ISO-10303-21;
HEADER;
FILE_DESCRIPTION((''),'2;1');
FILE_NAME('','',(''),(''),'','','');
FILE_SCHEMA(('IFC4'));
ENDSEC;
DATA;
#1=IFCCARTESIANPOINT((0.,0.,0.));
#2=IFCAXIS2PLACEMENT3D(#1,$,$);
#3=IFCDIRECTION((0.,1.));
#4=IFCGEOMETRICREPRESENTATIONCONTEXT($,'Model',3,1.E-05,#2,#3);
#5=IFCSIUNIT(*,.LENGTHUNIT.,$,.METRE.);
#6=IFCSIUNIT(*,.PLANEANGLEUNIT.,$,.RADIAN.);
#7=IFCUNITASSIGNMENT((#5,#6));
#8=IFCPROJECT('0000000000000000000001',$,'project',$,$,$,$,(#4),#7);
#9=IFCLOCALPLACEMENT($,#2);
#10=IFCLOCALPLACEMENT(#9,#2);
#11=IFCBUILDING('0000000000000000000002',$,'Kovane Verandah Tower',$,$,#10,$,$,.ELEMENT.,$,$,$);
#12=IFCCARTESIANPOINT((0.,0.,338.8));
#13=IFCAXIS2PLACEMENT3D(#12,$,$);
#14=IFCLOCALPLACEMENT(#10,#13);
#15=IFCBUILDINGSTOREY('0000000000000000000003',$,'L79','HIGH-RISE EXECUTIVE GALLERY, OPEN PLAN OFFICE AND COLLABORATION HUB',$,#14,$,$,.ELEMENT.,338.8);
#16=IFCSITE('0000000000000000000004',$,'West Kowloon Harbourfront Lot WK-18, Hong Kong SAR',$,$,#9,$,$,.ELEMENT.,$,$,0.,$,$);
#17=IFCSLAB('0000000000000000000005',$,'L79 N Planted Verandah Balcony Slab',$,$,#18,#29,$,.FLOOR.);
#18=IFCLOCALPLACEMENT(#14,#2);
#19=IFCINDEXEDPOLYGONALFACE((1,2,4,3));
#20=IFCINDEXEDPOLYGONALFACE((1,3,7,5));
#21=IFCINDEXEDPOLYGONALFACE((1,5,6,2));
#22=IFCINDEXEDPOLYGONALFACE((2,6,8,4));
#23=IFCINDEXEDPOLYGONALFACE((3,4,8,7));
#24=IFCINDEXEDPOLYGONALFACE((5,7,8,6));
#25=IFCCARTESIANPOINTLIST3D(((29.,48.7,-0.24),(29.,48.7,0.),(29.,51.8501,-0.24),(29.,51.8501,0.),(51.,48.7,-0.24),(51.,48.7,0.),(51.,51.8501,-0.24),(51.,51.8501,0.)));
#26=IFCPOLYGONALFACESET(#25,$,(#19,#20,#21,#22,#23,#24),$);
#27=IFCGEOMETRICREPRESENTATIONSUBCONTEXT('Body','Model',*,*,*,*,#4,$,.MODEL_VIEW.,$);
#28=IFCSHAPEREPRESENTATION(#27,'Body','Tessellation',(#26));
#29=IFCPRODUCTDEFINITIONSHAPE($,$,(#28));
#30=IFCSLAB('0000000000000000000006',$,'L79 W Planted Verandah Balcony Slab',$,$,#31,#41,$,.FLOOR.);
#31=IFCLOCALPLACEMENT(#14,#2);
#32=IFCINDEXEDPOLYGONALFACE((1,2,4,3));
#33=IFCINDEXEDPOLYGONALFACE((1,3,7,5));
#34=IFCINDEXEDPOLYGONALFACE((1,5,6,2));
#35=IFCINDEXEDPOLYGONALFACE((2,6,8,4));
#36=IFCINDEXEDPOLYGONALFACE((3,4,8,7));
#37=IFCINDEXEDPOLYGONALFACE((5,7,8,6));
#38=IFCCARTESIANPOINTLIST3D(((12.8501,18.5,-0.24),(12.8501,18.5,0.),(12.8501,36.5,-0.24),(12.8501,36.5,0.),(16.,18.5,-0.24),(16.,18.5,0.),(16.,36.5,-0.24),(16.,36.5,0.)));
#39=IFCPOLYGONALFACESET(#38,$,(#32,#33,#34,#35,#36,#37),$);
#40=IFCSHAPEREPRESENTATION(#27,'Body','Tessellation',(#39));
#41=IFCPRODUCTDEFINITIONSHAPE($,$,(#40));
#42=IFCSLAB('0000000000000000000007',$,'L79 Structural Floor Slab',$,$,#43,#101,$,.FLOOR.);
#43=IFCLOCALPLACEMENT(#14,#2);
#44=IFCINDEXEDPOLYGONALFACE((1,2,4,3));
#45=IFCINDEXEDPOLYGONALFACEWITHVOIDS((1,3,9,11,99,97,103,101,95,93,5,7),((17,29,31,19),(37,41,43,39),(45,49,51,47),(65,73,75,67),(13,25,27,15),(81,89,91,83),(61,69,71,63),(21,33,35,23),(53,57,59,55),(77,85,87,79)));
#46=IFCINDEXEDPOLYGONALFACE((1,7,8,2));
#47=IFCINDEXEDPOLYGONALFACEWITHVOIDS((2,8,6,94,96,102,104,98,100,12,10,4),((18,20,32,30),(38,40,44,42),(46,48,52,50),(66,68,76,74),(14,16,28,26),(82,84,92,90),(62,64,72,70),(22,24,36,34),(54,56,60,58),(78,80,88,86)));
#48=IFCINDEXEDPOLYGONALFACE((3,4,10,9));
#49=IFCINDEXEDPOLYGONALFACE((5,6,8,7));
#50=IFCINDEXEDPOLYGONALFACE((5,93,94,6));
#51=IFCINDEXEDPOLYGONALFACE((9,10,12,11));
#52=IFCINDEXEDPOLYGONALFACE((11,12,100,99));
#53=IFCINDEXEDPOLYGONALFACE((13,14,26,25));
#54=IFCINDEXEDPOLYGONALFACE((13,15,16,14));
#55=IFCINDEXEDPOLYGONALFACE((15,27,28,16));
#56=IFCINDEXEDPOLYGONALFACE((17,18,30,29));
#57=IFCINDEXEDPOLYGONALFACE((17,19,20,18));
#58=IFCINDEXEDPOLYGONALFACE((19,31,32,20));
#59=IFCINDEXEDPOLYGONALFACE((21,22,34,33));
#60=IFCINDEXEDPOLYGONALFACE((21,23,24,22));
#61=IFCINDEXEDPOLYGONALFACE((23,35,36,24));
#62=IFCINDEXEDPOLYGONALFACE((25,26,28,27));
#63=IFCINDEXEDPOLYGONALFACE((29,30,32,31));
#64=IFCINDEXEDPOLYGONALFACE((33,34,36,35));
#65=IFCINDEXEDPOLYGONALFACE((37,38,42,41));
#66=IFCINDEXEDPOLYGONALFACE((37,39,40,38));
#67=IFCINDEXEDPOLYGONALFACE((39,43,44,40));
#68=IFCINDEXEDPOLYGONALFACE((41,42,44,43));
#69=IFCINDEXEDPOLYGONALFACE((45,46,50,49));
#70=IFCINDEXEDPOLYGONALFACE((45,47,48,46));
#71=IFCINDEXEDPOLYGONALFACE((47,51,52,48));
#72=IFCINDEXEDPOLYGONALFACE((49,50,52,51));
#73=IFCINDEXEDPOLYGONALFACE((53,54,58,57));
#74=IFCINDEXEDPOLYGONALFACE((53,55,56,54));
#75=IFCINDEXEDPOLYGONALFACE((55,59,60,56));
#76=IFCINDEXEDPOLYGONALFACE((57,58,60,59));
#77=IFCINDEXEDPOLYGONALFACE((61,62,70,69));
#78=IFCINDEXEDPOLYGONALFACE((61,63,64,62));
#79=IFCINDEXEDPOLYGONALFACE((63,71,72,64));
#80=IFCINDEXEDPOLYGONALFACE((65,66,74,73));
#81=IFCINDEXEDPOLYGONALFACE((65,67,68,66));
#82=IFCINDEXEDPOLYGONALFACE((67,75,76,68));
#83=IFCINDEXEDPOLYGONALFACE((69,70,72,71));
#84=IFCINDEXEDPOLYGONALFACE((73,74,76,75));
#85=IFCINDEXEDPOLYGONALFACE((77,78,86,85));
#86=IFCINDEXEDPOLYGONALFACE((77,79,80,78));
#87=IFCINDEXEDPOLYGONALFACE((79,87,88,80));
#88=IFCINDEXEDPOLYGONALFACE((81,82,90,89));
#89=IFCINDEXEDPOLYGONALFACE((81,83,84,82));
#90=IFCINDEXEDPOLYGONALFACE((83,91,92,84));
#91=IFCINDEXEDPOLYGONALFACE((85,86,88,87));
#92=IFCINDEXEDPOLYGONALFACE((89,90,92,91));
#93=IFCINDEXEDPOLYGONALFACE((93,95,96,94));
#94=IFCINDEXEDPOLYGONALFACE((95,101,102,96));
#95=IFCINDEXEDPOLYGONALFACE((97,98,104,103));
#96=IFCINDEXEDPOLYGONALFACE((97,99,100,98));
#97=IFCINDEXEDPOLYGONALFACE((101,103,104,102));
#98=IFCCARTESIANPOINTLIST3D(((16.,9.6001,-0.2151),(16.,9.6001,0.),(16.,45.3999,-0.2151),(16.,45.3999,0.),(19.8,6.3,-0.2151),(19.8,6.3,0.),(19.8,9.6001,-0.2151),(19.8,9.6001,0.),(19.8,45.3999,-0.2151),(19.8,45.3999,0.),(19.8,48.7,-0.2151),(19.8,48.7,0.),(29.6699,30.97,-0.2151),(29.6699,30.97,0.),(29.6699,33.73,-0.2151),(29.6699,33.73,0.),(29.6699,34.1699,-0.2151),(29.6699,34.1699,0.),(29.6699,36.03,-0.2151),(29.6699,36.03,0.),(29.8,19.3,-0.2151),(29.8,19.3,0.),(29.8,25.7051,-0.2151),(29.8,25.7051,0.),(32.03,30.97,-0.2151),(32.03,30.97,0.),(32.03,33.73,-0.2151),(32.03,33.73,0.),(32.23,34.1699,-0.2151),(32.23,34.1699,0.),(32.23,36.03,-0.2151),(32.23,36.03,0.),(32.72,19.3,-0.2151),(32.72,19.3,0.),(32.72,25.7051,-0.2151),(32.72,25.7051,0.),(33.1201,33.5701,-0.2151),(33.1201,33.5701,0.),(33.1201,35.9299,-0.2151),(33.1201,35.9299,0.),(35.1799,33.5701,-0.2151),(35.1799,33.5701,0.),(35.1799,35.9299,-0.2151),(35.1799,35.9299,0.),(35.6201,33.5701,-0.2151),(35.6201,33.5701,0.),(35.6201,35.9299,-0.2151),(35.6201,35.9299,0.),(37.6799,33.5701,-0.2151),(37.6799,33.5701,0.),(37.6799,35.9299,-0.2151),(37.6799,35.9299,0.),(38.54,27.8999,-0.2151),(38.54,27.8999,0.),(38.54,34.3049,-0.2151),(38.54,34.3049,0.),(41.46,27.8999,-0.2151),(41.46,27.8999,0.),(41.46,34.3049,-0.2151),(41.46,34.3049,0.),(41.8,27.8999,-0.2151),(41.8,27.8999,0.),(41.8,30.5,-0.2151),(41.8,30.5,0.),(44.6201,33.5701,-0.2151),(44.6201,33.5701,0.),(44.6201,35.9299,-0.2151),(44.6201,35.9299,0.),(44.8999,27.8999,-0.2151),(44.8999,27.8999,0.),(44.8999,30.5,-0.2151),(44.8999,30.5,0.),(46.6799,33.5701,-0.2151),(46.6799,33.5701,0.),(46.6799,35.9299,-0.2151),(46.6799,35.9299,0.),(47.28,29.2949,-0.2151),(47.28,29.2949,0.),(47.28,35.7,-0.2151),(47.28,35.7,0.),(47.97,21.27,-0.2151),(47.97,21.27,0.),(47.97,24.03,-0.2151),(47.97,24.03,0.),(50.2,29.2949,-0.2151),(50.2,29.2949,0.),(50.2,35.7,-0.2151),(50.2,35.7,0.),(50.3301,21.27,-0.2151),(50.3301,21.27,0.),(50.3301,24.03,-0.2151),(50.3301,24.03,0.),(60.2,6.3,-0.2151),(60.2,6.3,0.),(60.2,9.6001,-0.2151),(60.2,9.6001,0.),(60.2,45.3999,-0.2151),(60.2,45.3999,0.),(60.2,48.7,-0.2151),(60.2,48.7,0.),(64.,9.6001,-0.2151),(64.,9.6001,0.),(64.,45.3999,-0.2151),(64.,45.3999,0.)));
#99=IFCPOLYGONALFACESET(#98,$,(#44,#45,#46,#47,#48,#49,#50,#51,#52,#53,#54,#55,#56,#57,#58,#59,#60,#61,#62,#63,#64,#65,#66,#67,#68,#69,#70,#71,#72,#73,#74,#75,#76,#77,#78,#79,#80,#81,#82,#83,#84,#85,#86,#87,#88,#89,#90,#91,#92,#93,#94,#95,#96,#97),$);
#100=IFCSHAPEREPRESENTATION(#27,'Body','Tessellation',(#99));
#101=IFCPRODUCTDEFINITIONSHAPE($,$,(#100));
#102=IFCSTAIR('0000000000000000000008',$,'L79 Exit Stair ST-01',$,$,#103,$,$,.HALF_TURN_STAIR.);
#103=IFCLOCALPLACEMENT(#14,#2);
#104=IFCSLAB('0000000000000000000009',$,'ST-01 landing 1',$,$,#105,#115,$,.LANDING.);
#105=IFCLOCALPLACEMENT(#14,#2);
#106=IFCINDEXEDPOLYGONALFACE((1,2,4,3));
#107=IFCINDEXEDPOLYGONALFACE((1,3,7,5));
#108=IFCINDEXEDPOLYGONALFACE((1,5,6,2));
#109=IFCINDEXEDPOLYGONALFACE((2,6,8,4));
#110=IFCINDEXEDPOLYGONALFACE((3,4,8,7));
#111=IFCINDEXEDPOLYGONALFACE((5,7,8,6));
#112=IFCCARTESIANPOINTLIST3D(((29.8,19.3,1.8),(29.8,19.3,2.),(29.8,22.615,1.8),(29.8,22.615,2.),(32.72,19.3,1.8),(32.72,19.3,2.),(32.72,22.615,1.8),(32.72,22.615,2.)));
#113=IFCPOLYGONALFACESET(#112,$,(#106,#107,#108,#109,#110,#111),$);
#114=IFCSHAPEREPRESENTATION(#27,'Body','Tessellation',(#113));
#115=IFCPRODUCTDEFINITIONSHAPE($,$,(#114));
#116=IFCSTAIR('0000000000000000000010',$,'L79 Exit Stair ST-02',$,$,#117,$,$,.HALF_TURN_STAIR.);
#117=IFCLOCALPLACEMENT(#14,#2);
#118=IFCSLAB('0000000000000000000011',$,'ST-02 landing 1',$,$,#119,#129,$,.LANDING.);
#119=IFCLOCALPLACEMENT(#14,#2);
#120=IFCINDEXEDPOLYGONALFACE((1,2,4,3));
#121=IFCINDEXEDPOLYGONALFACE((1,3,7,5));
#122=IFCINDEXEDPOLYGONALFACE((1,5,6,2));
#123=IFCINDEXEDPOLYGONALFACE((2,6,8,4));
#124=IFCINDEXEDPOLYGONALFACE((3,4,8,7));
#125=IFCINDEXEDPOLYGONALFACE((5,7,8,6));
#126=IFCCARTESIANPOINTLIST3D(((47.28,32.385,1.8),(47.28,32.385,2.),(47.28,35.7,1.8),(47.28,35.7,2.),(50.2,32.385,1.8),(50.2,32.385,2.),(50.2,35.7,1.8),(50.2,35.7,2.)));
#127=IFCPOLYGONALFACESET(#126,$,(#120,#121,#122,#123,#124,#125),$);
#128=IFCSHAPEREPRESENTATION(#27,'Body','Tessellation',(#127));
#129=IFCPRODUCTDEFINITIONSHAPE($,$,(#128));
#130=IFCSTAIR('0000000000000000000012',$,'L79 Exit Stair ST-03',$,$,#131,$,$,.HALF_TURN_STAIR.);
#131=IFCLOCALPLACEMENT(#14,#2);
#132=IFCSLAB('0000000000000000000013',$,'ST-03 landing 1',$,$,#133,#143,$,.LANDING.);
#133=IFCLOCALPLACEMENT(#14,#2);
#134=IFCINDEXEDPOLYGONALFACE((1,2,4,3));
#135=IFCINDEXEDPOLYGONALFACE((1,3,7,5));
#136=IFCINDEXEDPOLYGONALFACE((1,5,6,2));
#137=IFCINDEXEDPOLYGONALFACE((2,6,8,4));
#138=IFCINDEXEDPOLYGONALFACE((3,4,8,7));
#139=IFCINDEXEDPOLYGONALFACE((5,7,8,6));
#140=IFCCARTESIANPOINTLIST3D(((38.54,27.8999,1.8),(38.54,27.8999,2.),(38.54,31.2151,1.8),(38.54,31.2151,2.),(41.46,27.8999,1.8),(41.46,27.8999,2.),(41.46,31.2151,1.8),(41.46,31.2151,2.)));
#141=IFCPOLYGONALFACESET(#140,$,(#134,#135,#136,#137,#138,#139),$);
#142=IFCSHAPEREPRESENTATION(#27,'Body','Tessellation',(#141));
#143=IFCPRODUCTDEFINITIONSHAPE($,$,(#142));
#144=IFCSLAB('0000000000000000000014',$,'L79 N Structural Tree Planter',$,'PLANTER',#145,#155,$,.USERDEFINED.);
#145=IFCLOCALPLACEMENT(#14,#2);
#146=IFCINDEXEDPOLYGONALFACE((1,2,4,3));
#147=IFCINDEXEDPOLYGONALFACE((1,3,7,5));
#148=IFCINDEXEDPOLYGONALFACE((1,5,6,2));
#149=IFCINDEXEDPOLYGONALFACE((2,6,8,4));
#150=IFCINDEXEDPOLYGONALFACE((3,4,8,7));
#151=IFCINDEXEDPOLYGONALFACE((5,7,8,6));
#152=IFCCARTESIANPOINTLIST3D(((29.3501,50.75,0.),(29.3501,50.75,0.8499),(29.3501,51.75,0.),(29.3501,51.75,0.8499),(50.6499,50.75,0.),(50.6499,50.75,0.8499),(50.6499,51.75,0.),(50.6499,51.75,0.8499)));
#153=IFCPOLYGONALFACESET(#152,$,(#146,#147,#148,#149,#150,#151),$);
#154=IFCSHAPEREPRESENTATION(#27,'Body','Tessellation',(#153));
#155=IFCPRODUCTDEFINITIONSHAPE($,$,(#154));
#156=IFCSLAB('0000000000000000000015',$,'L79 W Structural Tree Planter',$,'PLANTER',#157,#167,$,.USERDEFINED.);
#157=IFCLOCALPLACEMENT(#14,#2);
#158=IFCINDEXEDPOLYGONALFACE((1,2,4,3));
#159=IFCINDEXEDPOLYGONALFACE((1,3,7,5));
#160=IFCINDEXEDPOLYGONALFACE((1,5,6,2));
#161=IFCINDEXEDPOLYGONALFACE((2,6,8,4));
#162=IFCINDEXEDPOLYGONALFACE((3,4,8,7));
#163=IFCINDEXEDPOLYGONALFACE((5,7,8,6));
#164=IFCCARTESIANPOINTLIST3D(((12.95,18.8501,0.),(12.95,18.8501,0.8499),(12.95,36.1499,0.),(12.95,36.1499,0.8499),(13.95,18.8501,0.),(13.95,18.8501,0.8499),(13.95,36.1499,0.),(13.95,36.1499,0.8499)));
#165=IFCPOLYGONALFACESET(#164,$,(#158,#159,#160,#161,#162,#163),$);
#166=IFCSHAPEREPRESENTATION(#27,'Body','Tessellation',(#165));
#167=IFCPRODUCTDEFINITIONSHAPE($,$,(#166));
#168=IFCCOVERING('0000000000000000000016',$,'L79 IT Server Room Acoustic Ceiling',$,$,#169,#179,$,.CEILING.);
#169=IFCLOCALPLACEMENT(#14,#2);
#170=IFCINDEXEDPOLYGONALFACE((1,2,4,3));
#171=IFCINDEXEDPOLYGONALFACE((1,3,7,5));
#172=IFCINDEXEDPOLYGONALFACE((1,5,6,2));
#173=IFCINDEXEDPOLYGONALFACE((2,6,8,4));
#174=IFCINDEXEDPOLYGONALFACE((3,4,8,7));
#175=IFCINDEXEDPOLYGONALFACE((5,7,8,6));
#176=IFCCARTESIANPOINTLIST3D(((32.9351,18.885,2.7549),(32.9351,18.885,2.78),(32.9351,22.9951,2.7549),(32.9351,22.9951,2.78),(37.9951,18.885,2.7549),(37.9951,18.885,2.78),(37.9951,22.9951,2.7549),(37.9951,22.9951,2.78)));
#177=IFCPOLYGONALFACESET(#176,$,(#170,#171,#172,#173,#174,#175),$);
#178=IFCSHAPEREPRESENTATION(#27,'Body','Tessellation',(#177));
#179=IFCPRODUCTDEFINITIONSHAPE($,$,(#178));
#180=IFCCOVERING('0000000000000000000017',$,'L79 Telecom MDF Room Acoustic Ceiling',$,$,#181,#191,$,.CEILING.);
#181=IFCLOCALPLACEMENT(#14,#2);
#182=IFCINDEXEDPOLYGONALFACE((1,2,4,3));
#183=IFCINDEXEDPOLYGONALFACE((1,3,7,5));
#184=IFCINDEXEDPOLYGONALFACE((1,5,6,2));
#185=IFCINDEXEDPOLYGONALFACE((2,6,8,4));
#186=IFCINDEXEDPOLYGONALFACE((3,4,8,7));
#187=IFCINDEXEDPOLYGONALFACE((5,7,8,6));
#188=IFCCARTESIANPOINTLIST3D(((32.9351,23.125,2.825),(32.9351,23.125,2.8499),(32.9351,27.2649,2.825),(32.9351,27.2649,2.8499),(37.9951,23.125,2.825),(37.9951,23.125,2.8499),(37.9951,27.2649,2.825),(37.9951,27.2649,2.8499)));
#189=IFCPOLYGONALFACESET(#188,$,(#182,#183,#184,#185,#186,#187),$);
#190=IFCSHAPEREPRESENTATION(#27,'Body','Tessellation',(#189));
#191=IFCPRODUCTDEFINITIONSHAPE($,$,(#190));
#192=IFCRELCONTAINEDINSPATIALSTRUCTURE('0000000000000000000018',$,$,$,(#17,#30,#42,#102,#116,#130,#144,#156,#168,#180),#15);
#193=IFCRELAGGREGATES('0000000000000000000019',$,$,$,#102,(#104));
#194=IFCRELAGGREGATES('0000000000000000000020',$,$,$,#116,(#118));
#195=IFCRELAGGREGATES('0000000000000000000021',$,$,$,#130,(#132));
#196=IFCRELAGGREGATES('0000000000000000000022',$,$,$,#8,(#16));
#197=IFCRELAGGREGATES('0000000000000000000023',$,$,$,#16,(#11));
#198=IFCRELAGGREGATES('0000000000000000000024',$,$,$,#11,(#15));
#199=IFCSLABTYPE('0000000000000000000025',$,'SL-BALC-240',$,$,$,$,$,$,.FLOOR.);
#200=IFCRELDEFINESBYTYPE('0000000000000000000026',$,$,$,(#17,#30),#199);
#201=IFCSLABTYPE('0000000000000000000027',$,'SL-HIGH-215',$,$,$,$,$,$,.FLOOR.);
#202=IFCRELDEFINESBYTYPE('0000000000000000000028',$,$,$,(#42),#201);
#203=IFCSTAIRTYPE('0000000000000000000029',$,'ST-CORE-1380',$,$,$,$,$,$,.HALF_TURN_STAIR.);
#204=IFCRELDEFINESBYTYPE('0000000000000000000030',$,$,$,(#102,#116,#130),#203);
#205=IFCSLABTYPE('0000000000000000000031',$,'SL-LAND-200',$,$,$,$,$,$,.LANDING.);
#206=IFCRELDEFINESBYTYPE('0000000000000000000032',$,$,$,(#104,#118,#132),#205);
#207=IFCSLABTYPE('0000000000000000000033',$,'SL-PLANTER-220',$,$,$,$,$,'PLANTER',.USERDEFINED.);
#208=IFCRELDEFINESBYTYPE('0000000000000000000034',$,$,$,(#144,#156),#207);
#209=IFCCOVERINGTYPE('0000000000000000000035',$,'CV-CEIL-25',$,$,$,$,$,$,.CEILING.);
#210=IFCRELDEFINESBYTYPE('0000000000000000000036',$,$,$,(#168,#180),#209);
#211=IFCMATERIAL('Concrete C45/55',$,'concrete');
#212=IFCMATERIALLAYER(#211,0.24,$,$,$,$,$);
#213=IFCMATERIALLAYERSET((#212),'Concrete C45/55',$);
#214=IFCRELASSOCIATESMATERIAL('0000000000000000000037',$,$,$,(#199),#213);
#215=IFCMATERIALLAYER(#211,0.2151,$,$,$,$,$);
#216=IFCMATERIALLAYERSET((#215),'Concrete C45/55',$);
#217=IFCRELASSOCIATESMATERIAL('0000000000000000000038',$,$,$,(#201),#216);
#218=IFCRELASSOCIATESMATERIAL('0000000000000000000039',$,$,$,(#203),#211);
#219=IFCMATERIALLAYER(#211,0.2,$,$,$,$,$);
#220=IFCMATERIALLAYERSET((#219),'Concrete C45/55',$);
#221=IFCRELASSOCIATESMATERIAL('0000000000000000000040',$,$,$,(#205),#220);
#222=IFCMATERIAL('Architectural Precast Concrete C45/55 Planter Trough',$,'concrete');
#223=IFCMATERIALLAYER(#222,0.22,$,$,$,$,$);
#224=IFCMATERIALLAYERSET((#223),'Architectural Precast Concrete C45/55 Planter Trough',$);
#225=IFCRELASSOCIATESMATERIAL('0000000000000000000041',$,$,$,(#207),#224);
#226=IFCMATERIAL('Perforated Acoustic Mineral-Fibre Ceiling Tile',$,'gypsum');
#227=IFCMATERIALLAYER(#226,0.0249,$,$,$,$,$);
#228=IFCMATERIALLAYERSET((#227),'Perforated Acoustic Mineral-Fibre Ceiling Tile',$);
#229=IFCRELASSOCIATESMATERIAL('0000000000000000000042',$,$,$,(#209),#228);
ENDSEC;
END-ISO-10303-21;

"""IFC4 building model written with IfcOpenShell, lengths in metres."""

from ifc_helpers import new_model, si_unit, direction, frame, origin, place, context, subcontext, project, spatial, polyline, outline, extrude, material, layer, layer_set, type_object, element, aggregate, save


model = new_model("IFC4")

# Units and contexts
model_context = context("Model", 3, precision=1e-05, world=origin(), true_north=direction((0.0, 1.0)))
body_context = subcontext(model_context, "Body", "Model", "MODEL_VIEW")
ifc_project = project(units=[si_unit("LENGTHUNIT", "METRE"), si_unit("PLANEANGLEUNIT", "RADIAN")], contexts=[model_context])

# Site, building, storey
site_placement = place(None, origin())
site = spatial("IfcSite", under=ifc_project, at=site_placement, Name="West Kowloon Harbourfront Lot WK-18, Hong Kong SAR", CompositionType="ELEMENT", RefElevation=0.0)
building_placement = place(site_placement, origin())
building = spatial("IfcBuilding", under=site, at=building_placement, Name="Kovane Verandah Tower", CompositionType="ELEMENT")
storey_placement = place(building_placement, frame((0.0, 0.0, 338.8)))
storey = spatial("IfcBuildingStorey", under=building, at=storey_placement, Name="L79", Description="HIGH-RISE EXECUTIVE GALLERY, OPEN PLAN OFFICE AND COLLABORATION HUB", CompositionType="ELEMENT", Elevation=338.8)

# Slabs
ifc_material_1 = material(Name="Concrete C45/55", Category="concrete")
ifc_layer_1 = layer(ifc_material_1, 0.24)
ifc_layer_set_1 = layer_set([ifc_layer_1], Name="Concrete C45/55")
slab_type_1 = type_object("IfcSlabType", Name="SL-BALC-240", PredefinedType="FLOOR", material=ifc_layer_set_1)
slab_1_placement = place(storey_placement, frame((0.0, 0.0, -0.24)))
element("IfcSlab", 1, at=slab_1_placement, inside=storey, type_object=slab_type_1, Name="L79 N Planted Verandah Balcony Slab", PredefinedType="FLOOR", context=body_context, shape_type="SweptSolid", body=[
    extrude(outline(polyline([(29.0, 48.7), (51.0, 48.7), (51.0, 51.8501), (29.0, 51.8501), (29.0, 48.7)])), origin(), (0.0, 0.0, 1.0), 0.24),
])
slab_2_placement = place(storey_placement, frame((0.0, 0.0, -0.24)))
element("IfcSlab", 2, at=slab_2_placement, inside=storey, type_object=slab_type_1, Name="L79 W Planted Verandah Balcony Slab", PredefinedType="FLOOR", context=body_context, shape_type="SweptSolid", body=[
    extrude(outline(polyline([(12.8501, 18.5), (16.0, 18.5), (16.0, 36.5), (12.8501, 36.5), (12.8501, 18.5)])), origin(), (0.0, 0.0, 1.0), 0.24),
])
ifc_layer_2 = layer(ifc_material_1, 0.2151)
ifc_layer_set_2 = layer_set([ifc_layer_2], Name="Concrete C45/55")
slab_type_2 = type_object("IfcSlabType", Name="SL-HIGH-215", PredefinedType="FLOOR", material=ifc_layer_set_2)
slab_3_placement = place(storey_placement, frame((0.0, 0.0, -0.2151)))
element("IfcSlab", 3, at=slab_3_placement, inside=storey, type_object=slab_type_2, Name="L79 Structural Floor Slab", PredefinedType="FLOOR", context=body_context, shape_type="SweptSolid", body=[
    extrude(outline(polyline([(19.8, 6.3), (60.2, 6.3), (60.2, 9.6001), (64.0, 9.6001), (64.0, 45.3999), (60.2, 45.3999), (60.2, 48.7), (19.8, 48.7), (19.8, 45.3999), (16.0, 45.3999), (16.0, 9.6001), (19.8, 9.6001), (19.8, 6.3)]), holes=[polyline([(29.8, 19.3), (32.72, 19.3), (32.72, 25.7051), (29.8, 25.7051), (29.8, 19.3)]), polyline([(47.28, 29.2949), (50.2, 29.2949), (50.2, 35.7), (47.28, 35.7), (47.28, 29.2949)]), polyline([(38.54, 27.8999), (41.46, 27.8999), (41.46, 34.3049), (38.54, 34.3049), (38.54, 27.8999)]), polyline([(29.6699, 30.97), (32.03, 30.97), (32.03, 33.73), (29.6699, 33.73), (29.6699, 30.97)]), polyline([(47.97, 21.27), (50.3301, 21.27), (50.3301, 24.03), (47.97, 24.03), (47.97, 21.27)]), polyline([(29.6699, 34.1699), (32.23, 34.1699), (32.23, 36.03), (29.6699, 36.03), (29.6699, 34.1699)]), polyline([(33.1201, 33.5701), (35.1799, 33.5701), (35.1799, 35.9299), (33.1201, 35.9299), (33.1201, 33.5701)]), polyline([(35.6201, 33.5701), (37.6799, 33.5701), (37.6799, 35.9299), (35.6201, 35.9299), (35.6201, 33.5701)]), polyline([(44.6201, 33.5701), (46.6799, 33.5701), (46.6799, 35.9299), (44.6201, 35.9299), (44.6201, 33.5701)]), polyline([(41.8, 27.8999), (44.8999, 27.8999), (44.8999, 30.5), (41.8, 30.5), (41.8, 27.8999)])]), origin(), (0.0, 0.0, 1.0), 0.2151),
])

# Stairs, slabs
stair_type = type_object("IfcStairType", Name="ST-CORE-1380", PredefinedType="HALF_TURN_STAIR", material=ifc_material_1)
stair_1_placement = place(storey_placement, origin())
stair_1 = element("IfcStair", 4, at=stair_1_placement, inside=storey, type_object=stair_type, Name="L79 Exit Stair ST-01", PredefinedType="HALF_TURN_STAIR")
ifc_layer_3 = layer(ifc_material_1, 0.2)
ifc_layer_set_3 = layer_set([ifc_layer_3], Name="Concrete C45/55")
slab_type_3 = type_object("IfcSlabType", Name="SL-LAND-200", PredefinedType="LANDING", material=ifc_layer_set_3)
slab_4_placement = place(storey_placement, frame((0.0, 0.0, 1.8)))
slab_4 = element("IfcSlab", 5, at=slab_4_placement, type_object=slab_type_3, Name="ST-01 landing 1", PredefinedType="LANDING", context=body_context, shape_type="SweptSolid", body=[
    extrude(outline(polyline([(29.8, 22.615), (29.8, 19.3), (32.72, 19.3), (32.72, 22.615), (29.8, 22.615)])), origin(), (0.0, 0.0, 1.0), 0.2),
])
aggregate(stair_1, [slab_4])
stair_2_placement = place(storey_placement, origin())
stair_2 = element("IfcStair", 6, at=stair_2_placement, inside=storey, type_object=stair_type, Name="L79 Exit Stair ST-02", PredefinedType="HALF_TURN_STAIR")
slab_5_placement = place(storey_placement, frame((0.0, 0.0, 1.8)))
slab_5 = element("IfcSlab", 7, at=slab_5_placement, type_object=slab_type_3, Name="ST-02 landing 1", PredefinedType="LANDING", context=body_context, shape_type="SweptSolid", body=[
    extrude(outline(polyline([(50.2, 32.385), (50.2, 35.7), (47.28, 35.7), (47.28, 32.385), (50.2, 32.385)])), origin(), (0.0, 0.0, 1.0), 0.2),
])
aggregate(stair_2, [slab_5])
stair_3_placement = place(storey_placement, origin())
stair_3 = element("IfcStair", 8, at=stair_3_placement, inside=storey, type_object=stair_type, Name="L79 Exit Stair ST-03", PredefinedType="HALF_TURN_STAIR")
slab_6_placement = place(storey_placement, frame((0.0, 0.0, 1.8)))
slab_6 = element("IfcSlab", 9, at=slab_6_placement, type_object=slab_type_3, Name="ST-03 landing 1", PredefinedType="LANDING", context=body_context, shape_type="SweptSolid", body=[
    extrude(outline(polyline([(38.54, 31.2151), (38.54, 27.8999), (41.46, 27.8999), (41.46, 31.2151), (38.54, 31.2151)])), origin(), (0.0, 0.0, 1.0), 0.2),
])
aggregate(stair_3, [slab_6])

# Slabs
ifc_material_2 = material(Name="Architectural Precast Concrete C45/55 Planter Trough", Category="concrete")
ifc_layer_4 = layer(ifc_material_2, 0.22)
ifc_layer_set_4 = layer_set([ifc_layer_4], Name="Architectural Precast Concrete C45/55 Planter Trough")
slab_type_4 = type_object("IfcSlabType", Name="SL-PLANTER-220", ElementType="PLANTER", PredefinedType="USERDEFINED", material=ifc_layer_set_4)
slab_7_placement = place(storey_placement, origin())
element("IfcSlab", 10, at=slab_7_placement, inside=storey, type_object=slab_type_4, Name="L79 N Structural Tree Planter", ObjectType="PLANTER", PredefinedType="USERDEFINED", context=body_context, shape_type="SweptSolid", body=[
    extrude(outline(polyline([(29.3501, 50.75), (50.6499, 50.75), (50.6499, 51.75), (29.3501, 51.75), (29.3501, 50.75)])), origin(), (0.0, 0.0, 1.0), 0.8499),
])
slab_8_placement = place(storey_placement, origin())
element("IfcSlab", 11, at=slab_8_placement, inside=storey, type_object=slab_type_4, Name="L79 W Structural Tree Planter", ObjectType="PLANTER", PredefinedType="USERDEFINED", context=body_context, shape_type="SweptSolid", body=[
    extrude(outline(polyline([(12.95, 18.8501), (13.95, 18.8501), (13.95, 36.1499), (12.95, 36.1499), (12.95, 18.8501)])), origin(), (0.0, 0.0, 1.0), 0.8499),
])

# Coverings
ifc_material_3 = material(Name="Perforated Acoustic Mineral-Fibre Ceiling Tile", Category="gypsum")
ifc_layer_5 = layer(ifc_material_3, 0.0249)
ifc_layer_set_5 = layer_set([ifc_layer_5], Name="Perforated Acoustic Mineral-Fibre Ceiling Tile")
covering_type_1 = type_object("IfcCoveringType", Name="CV-CEIL-25", PredefinedType="CEILING", material=ifc_layer_set_5)
covering_1_placement = place(storey_placement, frame((0.0, 0.0, 2.7549)))
element("IfcCovering", 12, at=covering_1_placement, inside=storey, type_object=covering_type_1, Name="L79 IT Server Room Acoustic Ceiling", PredefinedType="CEILING", context=body_context, shape_type="SweptSolid", body=[
    extrude(outline(polyline([(32.9351, 18.885), (37.9951, 18.885), (37.9951, 22.9951), (32.9351, 22.9951), (32.9351, 18.885)])), origin(), (0.0, 0.0, 1.0), 0.0251),
])
covering_2_placement = place(storey_placement, frame((0.0, 0.0, 2.825)))
element("IfcCovering", 13, at=covering_2_placement, inside=storey, type_object=covering_type_1, Name="L79 Telecom MDF Room Acoustic Ceiling", PredefinedType="CEILING", context=body_context, shape_type="SweptSolid", body=[
    extrude(outline(polyline([(32.9351, 23.125), (37.9951, 23.125), (37.9951, 27.2649), (32.9351, 27.2649), (32.9351, 23.125)])), origin(), (0.0, 0.0, 1.0), 0.0249),
])

save(model, "model.ifc")
